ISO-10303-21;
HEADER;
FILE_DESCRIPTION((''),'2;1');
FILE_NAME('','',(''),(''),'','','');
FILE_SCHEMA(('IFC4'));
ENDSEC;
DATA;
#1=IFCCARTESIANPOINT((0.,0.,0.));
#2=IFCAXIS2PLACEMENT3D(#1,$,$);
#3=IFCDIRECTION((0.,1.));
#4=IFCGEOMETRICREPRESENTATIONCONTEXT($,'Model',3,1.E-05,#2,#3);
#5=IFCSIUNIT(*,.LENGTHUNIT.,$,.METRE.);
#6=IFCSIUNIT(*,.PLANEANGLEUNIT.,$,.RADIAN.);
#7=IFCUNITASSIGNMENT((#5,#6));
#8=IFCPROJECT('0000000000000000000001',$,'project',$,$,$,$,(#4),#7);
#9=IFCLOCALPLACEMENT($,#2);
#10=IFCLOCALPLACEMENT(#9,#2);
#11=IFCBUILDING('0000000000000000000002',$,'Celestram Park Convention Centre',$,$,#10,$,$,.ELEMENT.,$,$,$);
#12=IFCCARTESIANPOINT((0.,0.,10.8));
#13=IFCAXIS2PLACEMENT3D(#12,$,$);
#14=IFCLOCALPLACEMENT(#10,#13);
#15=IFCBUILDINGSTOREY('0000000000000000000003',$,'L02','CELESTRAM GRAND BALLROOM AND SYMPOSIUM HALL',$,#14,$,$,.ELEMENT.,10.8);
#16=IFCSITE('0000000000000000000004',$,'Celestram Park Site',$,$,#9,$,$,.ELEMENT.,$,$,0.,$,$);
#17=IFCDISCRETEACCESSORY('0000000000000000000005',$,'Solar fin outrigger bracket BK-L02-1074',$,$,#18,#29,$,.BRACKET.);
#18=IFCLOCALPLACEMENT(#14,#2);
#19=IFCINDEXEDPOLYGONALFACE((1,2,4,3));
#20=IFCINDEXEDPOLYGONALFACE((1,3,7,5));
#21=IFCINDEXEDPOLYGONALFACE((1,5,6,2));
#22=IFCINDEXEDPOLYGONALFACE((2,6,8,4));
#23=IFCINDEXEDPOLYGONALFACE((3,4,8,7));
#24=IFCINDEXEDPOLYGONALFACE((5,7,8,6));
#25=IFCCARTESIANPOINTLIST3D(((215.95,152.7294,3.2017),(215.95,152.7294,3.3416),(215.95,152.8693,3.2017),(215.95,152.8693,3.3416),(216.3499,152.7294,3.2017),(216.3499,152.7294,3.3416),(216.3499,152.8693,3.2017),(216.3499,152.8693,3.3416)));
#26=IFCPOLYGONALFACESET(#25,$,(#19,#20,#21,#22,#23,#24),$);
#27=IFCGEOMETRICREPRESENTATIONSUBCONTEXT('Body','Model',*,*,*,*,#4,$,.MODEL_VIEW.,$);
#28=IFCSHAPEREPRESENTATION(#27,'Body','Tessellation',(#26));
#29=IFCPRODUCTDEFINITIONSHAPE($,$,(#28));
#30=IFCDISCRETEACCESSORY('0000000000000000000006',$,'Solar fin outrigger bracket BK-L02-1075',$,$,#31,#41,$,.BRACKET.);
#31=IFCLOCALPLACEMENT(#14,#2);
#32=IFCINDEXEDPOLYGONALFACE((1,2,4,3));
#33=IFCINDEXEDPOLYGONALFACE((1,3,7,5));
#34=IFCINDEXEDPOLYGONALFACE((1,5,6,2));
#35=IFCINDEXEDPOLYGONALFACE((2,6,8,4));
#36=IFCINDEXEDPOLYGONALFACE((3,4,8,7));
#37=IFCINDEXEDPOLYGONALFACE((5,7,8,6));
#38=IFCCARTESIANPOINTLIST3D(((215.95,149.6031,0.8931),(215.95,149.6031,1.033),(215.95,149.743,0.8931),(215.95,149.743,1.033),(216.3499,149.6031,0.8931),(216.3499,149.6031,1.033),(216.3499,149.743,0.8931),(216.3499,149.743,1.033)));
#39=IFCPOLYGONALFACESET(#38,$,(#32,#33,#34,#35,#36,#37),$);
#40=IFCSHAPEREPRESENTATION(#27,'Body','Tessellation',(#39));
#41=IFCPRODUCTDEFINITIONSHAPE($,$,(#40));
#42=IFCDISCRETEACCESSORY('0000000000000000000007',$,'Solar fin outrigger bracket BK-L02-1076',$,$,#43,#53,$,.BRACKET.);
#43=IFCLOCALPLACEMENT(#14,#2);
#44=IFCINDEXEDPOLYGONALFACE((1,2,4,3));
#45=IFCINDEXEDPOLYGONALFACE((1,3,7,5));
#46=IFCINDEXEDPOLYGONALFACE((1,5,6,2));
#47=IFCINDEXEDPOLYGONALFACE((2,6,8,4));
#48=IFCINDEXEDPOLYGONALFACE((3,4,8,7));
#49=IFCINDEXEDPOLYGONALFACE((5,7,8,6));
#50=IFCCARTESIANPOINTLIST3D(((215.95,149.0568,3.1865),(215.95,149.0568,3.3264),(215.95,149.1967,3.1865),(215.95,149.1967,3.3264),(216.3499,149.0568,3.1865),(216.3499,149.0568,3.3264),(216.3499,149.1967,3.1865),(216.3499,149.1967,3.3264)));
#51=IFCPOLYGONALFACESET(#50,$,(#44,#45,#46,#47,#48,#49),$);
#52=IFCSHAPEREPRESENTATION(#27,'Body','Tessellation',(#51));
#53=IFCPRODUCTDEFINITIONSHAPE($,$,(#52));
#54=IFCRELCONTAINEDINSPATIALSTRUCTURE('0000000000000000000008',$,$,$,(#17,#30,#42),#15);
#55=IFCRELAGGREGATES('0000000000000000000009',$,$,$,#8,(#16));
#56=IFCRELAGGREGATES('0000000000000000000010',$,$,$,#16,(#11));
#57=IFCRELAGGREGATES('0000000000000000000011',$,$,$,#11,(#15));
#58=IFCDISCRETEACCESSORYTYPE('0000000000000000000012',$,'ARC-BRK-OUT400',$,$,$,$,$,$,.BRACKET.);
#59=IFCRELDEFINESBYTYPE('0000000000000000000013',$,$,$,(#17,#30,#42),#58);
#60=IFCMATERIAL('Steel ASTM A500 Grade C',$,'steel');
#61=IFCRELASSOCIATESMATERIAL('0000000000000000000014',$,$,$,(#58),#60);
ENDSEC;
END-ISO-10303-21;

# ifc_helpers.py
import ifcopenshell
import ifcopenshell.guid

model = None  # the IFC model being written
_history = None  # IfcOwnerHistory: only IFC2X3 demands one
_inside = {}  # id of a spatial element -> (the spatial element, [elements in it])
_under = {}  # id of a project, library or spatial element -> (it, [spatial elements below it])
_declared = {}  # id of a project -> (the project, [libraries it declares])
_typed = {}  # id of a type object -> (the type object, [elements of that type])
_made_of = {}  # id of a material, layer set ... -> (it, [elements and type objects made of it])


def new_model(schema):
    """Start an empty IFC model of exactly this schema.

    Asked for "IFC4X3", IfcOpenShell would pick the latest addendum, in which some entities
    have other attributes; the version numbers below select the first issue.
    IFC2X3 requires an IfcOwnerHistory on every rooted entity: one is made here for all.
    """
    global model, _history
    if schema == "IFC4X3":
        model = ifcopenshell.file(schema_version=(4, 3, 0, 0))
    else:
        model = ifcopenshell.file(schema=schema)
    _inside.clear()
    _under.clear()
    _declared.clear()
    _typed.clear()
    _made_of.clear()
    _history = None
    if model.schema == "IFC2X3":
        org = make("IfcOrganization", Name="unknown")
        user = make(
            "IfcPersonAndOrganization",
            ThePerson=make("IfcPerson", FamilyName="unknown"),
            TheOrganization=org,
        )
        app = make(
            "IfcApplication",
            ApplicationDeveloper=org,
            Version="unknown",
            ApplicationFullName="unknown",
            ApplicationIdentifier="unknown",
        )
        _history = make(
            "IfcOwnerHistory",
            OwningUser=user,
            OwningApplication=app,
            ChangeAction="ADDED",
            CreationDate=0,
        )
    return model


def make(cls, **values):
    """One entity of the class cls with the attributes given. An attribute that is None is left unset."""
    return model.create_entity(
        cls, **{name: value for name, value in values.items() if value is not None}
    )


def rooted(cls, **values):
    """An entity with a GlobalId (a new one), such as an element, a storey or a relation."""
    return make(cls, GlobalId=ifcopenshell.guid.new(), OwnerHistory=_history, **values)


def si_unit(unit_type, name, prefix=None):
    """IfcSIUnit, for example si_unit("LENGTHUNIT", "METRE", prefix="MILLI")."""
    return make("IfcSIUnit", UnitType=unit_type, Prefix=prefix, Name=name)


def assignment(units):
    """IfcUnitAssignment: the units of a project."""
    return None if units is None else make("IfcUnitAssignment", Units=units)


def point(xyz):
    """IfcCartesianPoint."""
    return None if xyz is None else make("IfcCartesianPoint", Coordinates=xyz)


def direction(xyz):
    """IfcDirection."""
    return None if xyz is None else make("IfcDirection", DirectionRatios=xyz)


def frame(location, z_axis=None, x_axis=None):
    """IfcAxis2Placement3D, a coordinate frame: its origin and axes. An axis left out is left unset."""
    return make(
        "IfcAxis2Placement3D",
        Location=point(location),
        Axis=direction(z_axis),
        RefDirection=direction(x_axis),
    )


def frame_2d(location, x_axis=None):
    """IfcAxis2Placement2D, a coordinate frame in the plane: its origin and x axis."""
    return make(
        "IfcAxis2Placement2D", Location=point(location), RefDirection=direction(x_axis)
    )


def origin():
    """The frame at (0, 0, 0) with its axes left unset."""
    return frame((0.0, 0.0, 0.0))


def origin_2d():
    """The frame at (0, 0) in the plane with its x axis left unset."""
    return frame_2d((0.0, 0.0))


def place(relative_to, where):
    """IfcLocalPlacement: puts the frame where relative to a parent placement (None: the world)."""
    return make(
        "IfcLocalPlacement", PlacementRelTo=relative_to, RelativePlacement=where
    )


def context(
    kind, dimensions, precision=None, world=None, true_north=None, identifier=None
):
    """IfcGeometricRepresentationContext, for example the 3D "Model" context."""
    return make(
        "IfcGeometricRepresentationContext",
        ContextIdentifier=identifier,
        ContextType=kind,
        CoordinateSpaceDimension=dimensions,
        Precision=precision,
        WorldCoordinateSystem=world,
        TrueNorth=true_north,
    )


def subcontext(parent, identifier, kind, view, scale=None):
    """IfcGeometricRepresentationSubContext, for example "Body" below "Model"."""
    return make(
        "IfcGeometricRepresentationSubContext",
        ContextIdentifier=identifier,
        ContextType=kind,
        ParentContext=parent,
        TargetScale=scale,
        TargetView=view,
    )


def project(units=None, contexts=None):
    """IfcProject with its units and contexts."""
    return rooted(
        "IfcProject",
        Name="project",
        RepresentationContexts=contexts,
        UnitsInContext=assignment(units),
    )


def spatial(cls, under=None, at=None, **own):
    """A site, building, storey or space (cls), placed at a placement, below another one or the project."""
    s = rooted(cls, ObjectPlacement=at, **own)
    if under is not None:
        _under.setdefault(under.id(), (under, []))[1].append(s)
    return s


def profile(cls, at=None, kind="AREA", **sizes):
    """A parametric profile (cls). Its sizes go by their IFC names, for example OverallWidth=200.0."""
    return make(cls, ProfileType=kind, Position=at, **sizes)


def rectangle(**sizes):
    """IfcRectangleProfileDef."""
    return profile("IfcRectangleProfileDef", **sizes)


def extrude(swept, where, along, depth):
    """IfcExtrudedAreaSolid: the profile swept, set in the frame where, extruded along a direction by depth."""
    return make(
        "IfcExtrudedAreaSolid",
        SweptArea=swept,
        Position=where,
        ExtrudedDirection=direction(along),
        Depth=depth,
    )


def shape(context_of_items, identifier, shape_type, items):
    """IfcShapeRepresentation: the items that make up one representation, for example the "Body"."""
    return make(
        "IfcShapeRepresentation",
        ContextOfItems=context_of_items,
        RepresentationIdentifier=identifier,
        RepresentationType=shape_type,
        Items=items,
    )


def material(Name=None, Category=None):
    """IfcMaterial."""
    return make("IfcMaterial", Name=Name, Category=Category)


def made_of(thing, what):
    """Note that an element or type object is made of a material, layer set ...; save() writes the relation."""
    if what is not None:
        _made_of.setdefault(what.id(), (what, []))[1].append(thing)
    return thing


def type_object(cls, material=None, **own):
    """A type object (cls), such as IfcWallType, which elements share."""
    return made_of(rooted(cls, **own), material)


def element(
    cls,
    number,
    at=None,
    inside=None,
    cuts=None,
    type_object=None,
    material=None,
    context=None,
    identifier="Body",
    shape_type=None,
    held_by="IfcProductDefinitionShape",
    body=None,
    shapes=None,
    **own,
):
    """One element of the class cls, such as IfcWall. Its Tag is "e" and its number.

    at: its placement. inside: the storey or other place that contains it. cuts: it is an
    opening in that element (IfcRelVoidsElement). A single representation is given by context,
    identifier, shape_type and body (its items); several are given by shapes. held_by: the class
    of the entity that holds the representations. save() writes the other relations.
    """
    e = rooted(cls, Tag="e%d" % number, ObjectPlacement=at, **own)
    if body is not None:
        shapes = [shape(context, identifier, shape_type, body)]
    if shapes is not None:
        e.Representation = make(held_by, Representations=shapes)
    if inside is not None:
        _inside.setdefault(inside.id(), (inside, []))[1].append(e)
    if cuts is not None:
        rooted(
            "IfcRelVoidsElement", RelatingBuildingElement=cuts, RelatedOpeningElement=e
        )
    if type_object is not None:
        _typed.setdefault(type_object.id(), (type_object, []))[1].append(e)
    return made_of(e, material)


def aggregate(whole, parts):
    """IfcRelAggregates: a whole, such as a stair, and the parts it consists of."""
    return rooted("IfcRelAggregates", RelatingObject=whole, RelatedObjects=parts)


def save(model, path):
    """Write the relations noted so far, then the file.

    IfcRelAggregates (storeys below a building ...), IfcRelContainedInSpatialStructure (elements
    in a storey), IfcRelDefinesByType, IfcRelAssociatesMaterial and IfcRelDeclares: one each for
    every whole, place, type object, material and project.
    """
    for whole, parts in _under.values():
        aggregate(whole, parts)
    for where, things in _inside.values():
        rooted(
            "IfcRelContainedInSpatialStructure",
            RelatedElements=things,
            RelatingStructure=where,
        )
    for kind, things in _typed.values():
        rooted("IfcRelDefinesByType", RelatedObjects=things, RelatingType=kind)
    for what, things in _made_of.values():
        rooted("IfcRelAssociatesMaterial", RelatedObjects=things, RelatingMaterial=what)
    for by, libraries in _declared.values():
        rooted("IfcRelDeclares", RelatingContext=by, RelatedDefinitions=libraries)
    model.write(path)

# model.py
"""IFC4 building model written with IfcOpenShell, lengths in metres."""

from ifc_helpers import new_model, si_unit, direction, frame, origin, origin_2d, place, context, subcontext, project, spatial, rectangle, extrude, material, type_object, element, save


model = new_model("IFC4")

# Units and contexts
model_context = context("Model", 3, precision=1e-05, world=origin(), true_north=direction((0.0, 1.0)))
body_context = subcontext(model_context, "Body", "Model", "MODEL_VIEW")
ifc_project = project(units=[si_unit("LENGTHUNIT", "METRE"), si_unit("PLANEANGLEUNIT", "RADIAN")], contexts=[model_context])

# Site, building, storey
site_placement = place(None, origin())
site = spatial("IfcSite", under=ifc_project, at=site_placement, Name="Celestram Park Site", CompositionType="ELEMENT", RefElevation=0.0)
building_placement = place(site_placement, origin())
building = spatial("IfcBuilding", under=site, at=building_placement, Name="Celestram Park Convention Centre", CompositionType="ELEMENT")
storey_placement = place(building_placement, frame((0.0, 0.0, 10.8)))
storey = spatial("IfcBuildingStorey", under=building, at=storey_placement, Name="L02", Description="CELESTRAM GRAND BALLROOM AND SYMPOSIUM HALL", CompositionType="ELEMENT", Elevation=10.8)

# Shared definitions
ifc_material_1 = material(Name="Steel ASTM A500 Grade C", Category="steel")

# Discrete accessories
discrete_accessory_type = type_object("IfcDiscreteAccessoryType", Name="ARC-BRK-OUT400", PredefinedType="BRACKET", material=ifc_material_1)
for number, where, z_axis, x_axis, name in (
    (1, (216.1499, 152.7993, 3.2017), (0.0, 0.0, 1.0), (1.0, 0.0, 0.0), "Solar fin outrigger bracket BK-L02-1074"),
    (2, (216.1499, 149.6731, 0.8931), (0.0, 0.0, 1.0), (1.0, 0.0, 0.0), "Solar fin outrigger bracket BK-L02-1075"),
    (3, (216.1499, 149.1267, 3.1865), (0.0, 0.0, 1.0), (1.0, 0.0, 0.0), "Solar fin outrigger bracket BK-L02-1076"),
):
    element("IfcDiscreteAccessory", number, at=place(storey_placement, frame(where, z_axis=z_axis, x_axis=x_axis)), inside=storey, type_object=discrete_accessory_type, Name=name, PredefinedType="BRACKET", context=body_context, shape_type="SweptSolid", body=[
        extrude(rectangle(XDim=0.3999, YDim=0.1399, at=origin_2d()), origin(), (0.0, 0.0, 1.0), 0.1399),
    ])

save(model, "model.ifc")
